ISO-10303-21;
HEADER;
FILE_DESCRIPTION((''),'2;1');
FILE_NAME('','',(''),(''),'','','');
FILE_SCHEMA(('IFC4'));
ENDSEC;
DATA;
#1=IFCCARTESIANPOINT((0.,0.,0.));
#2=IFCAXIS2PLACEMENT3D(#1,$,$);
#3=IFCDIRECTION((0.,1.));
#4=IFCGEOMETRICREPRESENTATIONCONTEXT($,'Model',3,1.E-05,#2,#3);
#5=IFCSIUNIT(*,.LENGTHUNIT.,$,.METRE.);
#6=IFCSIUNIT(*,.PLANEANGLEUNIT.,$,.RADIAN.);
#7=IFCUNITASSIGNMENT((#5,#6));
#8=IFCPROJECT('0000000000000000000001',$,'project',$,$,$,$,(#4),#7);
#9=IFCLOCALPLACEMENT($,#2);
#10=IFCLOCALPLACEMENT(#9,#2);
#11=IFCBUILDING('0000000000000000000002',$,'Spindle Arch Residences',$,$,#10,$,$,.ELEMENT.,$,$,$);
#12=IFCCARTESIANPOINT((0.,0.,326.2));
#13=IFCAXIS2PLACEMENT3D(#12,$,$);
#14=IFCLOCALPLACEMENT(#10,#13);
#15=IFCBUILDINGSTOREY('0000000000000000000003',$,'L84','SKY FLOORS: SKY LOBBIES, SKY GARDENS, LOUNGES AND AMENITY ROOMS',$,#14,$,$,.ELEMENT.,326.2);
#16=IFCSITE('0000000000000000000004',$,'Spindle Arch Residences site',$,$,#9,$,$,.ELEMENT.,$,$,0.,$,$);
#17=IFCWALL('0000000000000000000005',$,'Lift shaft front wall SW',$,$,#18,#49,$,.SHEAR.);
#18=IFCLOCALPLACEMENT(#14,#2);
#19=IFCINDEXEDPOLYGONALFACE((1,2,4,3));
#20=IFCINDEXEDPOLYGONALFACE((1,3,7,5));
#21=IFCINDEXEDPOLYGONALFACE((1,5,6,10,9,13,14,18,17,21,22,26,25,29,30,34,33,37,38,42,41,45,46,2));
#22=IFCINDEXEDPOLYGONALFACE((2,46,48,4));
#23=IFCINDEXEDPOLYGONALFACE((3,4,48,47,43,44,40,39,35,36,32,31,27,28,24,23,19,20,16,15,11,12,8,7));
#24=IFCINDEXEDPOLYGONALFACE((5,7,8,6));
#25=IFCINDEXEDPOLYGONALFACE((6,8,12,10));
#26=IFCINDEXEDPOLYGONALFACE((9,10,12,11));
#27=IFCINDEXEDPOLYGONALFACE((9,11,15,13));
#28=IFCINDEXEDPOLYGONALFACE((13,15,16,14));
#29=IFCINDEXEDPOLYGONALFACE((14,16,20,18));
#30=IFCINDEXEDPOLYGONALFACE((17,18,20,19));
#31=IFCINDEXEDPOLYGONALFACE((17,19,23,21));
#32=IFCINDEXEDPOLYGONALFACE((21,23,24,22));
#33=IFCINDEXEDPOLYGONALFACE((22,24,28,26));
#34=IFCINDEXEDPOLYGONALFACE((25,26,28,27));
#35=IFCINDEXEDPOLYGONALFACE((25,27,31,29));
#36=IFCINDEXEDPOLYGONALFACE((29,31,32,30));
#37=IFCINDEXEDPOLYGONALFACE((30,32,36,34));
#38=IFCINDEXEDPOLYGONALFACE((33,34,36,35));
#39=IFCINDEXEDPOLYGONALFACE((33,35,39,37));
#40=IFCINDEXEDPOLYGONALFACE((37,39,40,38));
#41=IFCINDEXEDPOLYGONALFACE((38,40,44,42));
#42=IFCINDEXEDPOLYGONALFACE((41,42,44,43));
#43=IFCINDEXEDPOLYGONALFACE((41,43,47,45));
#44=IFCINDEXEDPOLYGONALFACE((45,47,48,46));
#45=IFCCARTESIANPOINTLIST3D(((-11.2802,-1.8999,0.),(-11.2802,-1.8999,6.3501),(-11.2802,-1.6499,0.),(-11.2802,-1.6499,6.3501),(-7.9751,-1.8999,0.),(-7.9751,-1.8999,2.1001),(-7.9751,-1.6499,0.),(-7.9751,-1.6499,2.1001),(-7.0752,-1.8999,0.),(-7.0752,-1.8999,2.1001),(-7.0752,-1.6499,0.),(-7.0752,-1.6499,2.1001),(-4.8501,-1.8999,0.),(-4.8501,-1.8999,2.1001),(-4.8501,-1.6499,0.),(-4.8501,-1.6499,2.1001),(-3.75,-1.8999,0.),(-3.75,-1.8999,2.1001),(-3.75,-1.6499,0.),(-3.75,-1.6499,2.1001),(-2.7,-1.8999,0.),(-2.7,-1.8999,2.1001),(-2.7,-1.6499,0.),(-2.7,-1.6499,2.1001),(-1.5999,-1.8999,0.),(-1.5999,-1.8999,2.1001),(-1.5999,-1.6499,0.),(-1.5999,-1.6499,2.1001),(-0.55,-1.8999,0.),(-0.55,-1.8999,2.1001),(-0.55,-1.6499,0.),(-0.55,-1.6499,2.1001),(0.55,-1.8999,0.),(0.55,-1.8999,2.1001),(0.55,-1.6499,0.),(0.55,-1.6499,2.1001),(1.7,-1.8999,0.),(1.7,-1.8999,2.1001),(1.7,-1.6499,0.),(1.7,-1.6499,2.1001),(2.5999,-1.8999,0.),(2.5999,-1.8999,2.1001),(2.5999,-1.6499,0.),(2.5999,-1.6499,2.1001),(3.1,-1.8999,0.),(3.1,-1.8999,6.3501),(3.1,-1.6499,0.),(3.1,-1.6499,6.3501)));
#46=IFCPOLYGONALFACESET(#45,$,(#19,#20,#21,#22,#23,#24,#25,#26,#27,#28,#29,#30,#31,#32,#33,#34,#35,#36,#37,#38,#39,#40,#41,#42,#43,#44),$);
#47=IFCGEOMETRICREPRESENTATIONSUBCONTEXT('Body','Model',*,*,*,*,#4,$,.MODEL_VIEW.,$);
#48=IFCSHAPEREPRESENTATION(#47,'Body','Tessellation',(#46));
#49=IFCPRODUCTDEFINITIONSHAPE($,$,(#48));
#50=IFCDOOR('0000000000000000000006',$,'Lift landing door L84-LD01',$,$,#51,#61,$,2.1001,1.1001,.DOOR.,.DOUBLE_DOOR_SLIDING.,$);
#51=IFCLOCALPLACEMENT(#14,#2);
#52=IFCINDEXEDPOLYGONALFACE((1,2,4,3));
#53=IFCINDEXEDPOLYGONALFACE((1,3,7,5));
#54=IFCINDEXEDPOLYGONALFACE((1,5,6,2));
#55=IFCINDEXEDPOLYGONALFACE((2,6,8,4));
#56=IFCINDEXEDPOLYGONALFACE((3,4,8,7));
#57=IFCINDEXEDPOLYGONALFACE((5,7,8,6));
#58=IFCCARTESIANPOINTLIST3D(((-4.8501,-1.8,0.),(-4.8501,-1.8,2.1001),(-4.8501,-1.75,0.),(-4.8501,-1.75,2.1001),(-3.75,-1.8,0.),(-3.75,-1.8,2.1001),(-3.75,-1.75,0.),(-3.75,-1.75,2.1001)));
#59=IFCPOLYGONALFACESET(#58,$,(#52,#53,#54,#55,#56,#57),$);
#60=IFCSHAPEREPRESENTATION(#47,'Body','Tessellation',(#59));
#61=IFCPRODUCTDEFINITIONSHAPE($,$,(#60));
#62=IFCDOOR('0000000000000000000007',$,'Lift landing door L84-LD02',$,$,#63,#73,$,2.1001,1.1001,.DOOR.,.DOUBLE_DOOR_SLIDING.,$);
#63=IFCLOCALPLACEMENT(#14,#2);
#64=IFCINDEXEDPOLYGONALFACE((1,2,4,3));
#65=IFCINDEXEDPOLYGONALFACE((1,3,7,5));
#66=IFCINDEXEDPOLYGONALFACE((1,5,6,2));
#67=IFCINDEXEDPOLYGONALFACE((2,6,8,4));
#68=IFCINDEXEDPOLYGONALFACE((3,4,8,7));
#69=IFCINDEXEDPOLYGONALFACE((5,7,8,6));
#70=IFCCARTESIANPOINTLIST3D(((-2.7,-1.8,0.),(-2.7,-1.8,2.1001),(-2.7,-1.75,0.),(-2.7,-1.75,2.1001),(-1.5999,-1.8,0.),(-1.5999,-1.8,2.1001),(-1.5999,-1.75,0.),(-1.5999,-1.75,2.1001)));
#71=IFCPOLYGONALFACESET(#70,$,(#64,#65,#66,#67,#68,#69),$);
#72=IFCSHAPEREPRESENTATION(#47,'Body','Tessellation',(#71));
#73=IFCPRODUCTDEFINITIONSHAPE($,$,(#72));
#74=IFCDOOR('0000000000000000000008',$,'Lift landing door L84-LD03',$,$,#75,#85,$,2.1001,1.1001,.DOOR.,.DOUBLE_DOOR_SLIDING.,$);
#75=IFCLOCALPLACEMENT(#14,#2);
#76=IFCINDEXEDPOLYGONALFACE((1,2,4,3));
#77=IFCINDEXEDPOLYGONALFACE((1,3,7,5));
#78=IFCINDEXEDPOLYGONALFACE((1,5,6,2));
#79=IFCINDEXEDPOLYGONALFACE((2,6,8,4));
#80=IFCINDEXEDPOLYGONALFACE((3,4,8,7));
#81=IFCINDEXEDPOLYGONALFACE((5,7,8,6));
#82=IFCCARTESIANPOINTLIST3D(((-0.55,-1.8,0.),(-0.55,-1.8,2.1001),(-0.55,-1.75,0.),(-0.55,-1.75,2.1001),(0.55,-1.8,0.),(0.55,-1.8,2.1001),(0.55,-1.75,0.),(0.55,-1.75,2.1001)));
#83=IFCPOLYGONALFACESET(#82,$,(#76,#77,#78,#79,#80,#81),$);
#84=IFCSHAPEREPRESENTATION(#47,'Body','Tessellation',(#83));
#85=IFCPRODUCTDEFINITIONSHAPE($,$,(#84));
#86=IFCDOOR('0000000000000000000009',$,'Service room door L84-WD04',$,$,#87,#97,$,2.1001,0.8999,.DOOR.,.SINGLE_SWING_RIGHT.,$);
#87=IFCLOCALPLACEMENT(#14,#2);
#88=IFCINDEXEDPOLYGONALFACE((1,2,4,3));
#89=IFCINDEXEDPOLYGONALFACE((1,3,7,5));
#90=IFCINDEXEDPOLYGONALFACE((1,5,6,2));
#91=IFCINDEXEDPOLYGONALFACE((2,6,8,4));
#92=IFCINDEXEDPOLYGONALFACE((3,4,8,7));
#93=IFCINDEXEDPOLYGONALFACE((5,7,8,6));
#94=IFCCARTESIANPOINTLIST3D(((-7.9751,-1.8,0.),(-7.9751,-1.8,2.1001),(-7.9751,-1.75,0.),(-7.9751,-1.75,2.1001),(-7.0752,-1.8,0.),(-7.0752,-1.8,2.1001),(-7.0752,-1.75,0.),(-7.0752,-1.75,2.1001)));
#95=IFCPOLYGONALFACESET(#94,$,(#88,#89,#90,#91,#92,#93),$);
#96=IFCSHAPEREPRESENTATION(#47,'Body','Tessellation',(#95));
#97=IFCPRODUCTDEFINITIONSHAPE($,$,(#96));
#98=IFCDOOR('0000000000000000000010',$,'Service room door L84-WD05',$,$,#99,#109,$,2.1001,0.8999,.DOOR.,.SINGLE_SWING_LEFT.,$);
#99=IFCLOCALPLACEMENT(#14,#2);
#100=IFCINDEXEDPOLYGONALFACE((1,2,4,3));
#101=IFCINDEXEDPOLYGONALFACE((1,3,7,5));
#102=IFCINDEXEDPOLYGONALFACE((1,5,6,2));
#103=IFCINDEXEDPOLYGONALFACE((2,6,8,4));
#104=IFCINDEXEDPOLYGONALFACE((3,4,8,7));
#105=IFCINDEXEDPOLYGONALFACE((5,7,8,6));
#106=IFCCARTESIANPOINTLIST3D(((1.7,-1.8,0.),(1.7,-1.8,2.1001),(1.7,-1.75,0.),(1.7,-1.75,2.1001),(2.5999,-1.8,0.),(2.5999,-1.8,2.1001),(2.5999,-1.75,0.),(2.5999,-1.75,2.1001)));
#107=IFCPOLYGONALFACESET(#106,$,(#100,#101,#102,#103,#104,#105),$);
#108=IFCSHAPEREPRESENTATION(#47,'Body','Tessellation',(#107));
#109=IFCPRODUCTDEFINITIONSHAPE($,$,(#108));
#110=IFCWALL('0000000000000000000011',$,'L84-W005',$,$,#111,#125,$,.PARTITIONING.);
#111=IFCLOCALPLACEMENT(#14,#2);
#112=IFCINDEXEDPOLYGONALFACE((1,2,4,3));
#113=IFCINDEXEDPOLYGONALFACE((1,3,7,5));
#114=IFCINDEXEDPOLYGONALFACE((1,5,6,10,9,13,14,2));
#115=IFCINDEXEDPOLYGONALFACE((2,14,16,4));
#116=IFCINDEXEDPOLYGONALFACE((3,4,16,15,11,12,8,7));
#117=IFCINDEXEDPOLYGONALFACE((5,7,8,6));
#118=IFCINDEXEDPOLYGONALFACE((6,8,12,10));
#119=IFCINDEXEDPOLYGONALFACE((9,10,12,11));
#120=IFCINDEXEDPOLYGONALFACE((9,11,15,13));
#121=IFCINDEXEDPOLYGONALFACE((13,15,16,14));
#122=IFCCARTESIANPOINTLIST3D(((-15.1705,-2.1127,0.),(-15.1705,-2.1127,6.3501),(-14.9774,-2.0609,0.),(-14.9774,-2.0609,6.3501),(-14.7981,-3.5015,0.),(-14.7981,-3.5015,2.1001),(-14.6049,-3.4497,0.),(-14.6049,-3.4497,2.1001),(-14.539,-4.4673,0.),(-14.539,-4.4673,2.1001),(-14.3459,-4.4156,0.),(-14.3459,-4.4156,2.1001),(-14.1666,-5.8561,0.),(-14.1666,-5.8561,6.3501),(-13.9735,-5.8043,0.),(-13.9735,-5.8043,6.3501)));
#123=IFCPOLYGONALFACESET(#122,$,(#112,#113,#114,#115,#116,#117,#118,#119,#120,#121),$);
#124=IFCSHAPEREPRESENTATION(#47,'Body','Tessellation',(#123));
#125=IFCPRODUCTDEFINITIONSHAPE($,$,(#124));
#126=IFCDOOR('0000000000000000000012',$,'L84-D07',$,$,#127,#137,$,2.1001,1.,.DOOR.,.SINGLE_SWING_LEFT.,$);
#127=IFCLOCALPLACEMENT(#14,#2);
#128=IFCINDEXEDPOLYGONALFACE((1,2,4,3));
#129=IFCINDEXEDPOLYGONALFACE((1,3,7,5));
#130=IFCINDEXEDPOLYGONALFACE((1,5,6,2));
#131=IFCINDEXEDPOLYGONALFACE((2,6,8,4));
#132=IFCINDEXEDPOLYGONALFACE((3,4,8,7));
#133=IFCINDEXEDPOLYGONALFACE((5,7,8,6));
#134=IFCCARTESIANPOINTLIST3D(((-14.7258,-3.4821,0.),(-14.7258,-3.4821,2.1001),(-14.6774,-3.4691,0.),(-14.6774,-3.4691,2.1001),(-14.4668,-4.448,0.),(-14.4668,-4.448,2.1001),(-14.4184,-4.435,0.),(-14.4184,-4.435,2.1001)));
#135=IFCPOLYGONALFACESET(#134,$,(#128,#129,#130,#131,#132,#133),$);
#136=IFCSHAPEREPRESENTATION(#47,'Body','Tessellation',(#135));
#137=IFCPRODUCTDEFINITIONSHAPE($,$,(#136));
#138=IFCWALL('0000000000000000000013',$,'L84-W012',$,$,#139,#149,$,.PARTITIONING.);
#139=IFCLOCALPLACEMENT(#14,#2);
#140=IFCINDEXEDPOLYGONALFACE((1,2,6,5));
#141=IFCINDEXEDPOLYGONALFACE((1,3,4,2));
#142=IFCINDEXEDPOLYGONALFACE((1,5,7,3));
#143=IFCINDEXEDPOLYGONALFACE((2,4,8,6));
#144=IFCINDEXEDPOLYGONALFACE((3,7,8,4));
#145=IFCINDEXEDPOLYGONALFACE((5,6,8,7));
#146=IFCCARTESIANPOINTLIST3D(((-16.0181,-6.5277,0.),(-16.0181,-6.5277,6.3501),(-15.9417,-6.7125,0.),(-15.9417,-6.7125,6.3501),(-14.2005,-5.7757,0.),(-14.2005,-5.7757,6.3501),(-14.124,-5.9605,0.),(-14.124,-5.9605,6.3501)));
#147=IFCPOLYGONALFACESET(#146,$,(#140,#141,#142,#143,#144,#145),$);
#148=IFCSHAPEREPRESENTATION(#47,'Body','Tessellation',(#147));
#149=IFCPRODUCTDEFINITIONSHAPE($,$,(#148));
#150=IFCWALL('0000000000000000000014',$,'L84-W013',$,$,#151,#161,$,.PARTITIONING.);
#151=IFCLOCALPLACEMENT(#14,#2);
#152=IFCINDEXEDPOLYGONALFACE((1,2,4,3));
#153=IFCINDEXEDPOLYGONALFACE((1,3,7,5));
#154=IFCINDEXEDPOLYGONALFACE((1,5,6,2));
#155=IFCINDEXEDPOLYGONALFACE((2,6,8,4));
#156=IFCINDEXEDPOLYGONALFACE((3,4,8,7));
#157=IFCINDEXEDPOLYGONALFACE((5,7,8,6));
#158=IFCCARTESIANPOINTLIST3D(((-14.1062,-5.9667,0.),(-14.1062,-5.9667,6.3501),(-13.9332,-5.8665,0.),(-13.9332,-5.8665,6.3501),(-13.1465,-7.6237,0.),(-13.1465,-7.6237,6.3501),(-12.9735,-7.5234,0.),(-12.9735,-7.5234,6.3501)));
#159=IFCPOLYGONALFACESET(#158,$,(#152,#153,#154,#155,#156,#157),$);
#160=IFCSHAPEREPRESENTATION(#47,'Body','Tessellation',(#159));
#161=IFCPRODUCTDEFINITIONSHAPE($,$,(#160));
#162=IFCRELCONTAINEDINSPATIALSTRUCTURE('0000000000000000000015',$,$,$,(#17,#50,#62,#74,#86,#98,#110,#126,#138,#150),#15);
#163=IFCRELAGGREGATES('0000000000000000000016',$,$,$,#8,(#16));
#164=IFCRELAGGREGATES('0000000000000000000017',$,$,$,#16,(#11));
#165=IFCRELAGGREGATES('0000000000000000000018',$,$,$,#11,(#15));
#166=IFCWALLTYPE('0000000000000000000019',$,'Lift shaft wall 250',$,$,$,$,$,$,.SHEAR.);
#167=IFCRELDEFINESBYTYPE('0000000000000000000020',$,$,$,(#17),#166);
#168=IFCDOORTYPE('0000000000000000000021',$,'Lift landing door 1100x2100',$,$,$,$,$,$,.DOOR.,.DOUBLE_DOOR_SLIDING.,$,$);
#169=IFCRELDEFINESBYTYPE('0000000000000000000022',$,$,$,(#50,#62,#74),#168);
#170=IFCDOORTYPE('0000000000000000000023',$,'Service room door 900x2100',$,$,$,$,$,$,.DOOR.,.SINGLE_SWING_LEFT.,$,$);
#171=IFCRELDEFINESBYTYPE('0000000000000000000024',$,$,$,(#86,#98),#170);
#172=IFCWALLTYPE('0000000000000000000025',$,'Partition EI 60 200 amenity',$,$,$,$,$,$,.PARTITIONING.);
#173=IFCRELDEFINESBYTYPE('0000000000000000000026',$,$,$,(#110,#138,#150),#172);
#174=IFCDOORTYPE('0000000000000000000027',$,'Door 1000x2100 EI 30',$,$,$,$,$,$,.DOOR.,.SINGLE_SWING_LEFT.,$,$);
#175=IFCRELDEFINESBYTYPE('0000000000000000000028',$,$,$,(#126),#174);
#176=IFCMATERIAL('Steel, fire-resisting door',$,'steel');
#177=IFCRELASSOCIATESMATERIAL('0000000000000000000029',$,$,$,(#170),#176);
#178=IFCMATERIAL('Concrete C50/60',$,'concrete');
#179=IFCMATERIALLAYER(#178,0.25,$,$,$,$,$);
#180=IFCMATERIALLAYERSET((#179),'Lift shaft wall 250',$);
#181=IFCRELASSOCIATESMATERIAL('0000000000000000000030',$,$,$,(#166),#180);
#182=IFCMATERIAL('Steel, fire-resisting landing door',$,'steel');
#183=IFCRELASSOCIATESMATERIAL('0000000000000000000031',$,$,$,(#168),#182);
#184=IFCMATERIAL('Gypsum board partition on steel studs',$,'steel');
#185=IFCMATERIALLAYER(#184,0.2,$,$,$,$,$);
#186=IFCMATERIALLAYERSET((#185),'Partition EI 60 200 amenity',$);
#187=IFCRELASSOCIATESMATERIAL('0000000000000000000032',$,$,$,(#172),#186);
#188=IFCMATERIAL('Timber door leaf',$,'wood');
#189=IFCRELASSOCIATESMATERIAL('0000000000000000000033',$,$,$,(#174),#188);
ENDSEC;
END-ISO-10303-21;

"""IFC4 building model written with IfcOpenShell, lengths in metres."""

from ifc_helpers import new_model, si_unit, direction, frame, frame_2d, origin, place, context, subcontext, project, spatial, rectangle, extrude, material, layer, layer_set, type_object, element, fill, save


model = new_model("IFC4")

# Units and contexts
model_context = context("Model", 3, precision=1e-05, world=origin(), true_north=direction((0.0, 1.0)))
body_context = subcontext(model_context, "Body", "Model", "MODEL_VIEW")
ifc_project = project(units=[si_unit("LENGTHUNIT", "METRE"), si_unit("PLANEANGLEUNIT", "RADIAN")], contexts=[model_context])

# Site, building, storey
site_placement = place(None, origin())
site = spatial("IfcSite", under=ifc_project, at=site_placement, Name="Spindle Arch Residences site", CompositionType="ELEMENT", RefElevation=0.0)
building_placement = place(site_placement, origin())
building = spatial("IfcBuilding", under=site, at=building_placement, Name="Spindle Arch Residences", CompositionType="ELEMENT")
storey_placement = place(building_placement, frame((0.0, 0.0, 326.2)))
storey = spatial("IfcBuildingStorey", under=building, at=storey_placement, Name="L84", Description="SKY FLOORS: SKY LOBBIES, SKY GARDENS, LOUNGES AND AMENITY ROOMS", CompositionType="ELEMENT", Elevation=326.2)

# Shared definitions
ifc_material_1 = material(Name="Steel, fire-resisting door", Category="steel")
door_type_1 = type_object("IfcDoorType", Name="Service room door 900x2100", OperationType="SINGLE_SWING_LEFT", PredefinedType="DOOR", material=ifc_material_1)

# Wall, openings, doors
ifc_material_2 = material(Name="Concrete C50/60", Category="concrete")
ifc_layer_1 = layer(ifc_material_2, 0.25)
ifc_layer_set_1 = layer_set([ifc_layer_1], Name="Lift shaft wall 250")
wall_type_1 = type_object("IfcWallType", Name="Lift shaft wall 250", PredefinedType="SHEAR", material=ifc_layer_set_1)
wall_1_placement = place(storey_placement, frame((-11.28, -1.7749, 0.0), z_axis=(0.0, 0.0, 1.0), x_axis=(1.0, 0.0, 0.0)))
wall_1 = element("IfcWall", 1, at=wall_1_placement, inside=storey, type_object=wall_type_1, Name="Lift shaft front wall SW", PredefinedType="SHEAR", context=body_context, shape_type="SweptSolid", body=[
    extrude(rectangle(XDim=14.3801, YDim=0.25, at=frame_2d((7.1899, 0.0))), origin(), (0.0, 0.0, 1.0), 6.3501),
])
opening_1_placement = place(wall_1_placement, frame((6.4299, 0.0, 0.0)))
opening_1 = element("IfcOpeningElement", 2, at=opening_1_placement, cuts=wall_1, PredefinedType="OPENING", context=body_context, shape_type="SweptSolid", body=[
    extrude(rectangle(XDim=1.1001, YDim=2.1001, at=frame_2d((0.55, 1.05))), frame((0.0, 0.135, 0.0), z_axis=(0.0, -1.0, 0.0), x_axis=(1.0, 0.0, 0.0)), (0.0, 0.0, 1.0), 0.27),
])
opening_2_placement = place(wall_1_placement, frame((8.5801, 0.0, 0.0)))
opening_2 = element("IfcOpeningElement", 3, at=opening_2_placement, cuts=wall_1, PredefinedType="OPENING", context=body_context, shape_type="SweptSolid", body=[
    extrude(rectangle(XDim=1.1001, YDim=2.1001, at=frame_2d((0.55, 1.05))), frame((0.0, 0.135, 0.0), z_axis=(0.0, -1.0, 0.0), x_axis=(1.0, 0.0, 0.0)), (0.0, 0.0, 1.0), 0.27),
])
opening_3_placement = place(wall_1_placement, frame((10.73, 0.0, 0.0)))
opening_3 = element("IfcOpeningElement", 4, at=opening_3_placement, cuts=wall_1, PredefinedType="OPENING", context=body_context, shape_type="SweptSolid", body=[
    extrude(rectangle(XDim=1.1001, YDim=2.1001, at=frame_2d((0.55, 1.05))), frame((0.0, 0.135, 0.0), z_axis=(0.0, -1.0, 0.0), x_axis=(1.0, 0.0, 0.0)), (0.0, 0.0, 1.0), 0.27),
])
opening_4_placement = place(wall_1_placement, frame((3.3049, 0.0, 0.0)))
opening_4 = element("IfcOpeningElement", 5, at=opening_4_placement, cuts=wall_1, PredefinedType="OPENING", context=body_context, shape_type="SweptSolid", body=[
    extrude(rectangle(XDim=0.8999, YDim=2.1001, at=frame_2d((0.45, 1.05))), frame((0.0, 0.135, 0.0), z_axis=(0.0, -1.0, 0.0), x_axis=(1.0, 0.0, 0.0)), (0.0, 0.0, 1.0), 0.27),
])
opening_5_placement = place(wall_1_placement, frame((12.98, 0.0, 0.0)))
opening_5 = element("IfcOpeningElement", 6, at=opening_5_placement, cuts=wall_1, PredefinedType="OPENING", context=body_context, shape_type="SweptSolid", body=[
    extrude(rectangle(XDim=0.8999, YDim=2.1001, at=frame_2d((0.45, 1.05))), frame((0.0, 0.135, 0.0), z_axis=(0.0, -1.0, 0.0), x_axis=(1.0, 0.0, 0.0)), (0.0, 0.0, 1.0), 0.27),
])
ifc_material_3 = material(Name="Steel, fire-resisting landing door", Category="steel")
door_type_2 = type_object("IfcDoorType", Name="Lift landing door 1100x2100", OperationType="DOUBLE_DOOR_SLIDING", PredefinedType="DOOR", material=ifc_material_3)
door_1_placement = place(opening_1_placement, origin())
door_1 = element("IfcDoor", 7, at=door_1_placement, inside=storey, type_object=door_type_2, Name="Lift landing door L84-LD01", OperationType="DOUBLE_DOOR_SLIDING", OverallHeight=2.1001, OverallWidth=1.1001, PredefinedType="DOOR", context=body_context, shape_type="SweptSolid", body=[
    extrude(rectangle(XDim=1.1001, YDim=2.1001, at=frame_2d((0.55, 1.05))), frame((0.0, 0.0249, 0.0), z_axis=(0.0, -1.0, 0.0), x_axis=(1.0, 0.0, 0.0)), (0.0, 0.0, 1.0), 0.05),
])
fill(opening_1, door_1)
door_2_placement = place(opening_2_placement, origin())
door_2 = element("IfcDoor", 8, at=door_2_placement, inside=storey, type_object=door_type_2, Name="Lift landing door L84-LD02", OperationType="DOUBLE_DOOR_SLIDING", OverallHeight=2.1001, OverallWidth=1.1001, PredefinedType="DOOR", context=body_context, shape_type="SweptSolid", body=[
    extrude(rectangle(XDim=1.1001, YDim=2.1001, at=frame_2d((0.55, 1.05))), frame((0.0, 0.0249, 0.0), z_axis=(0.0, -1.0, 0.0), x_axis=(1.0, 0.0, 0.0)), (0.0, 0.0, 1.0), 0.05),
])
fill(opening_2, door_2)
door_3_placement = place(opening_3_placement, origin())
door_3 = element("IfcDoor", 9, at=door_3_placement, inside=storey, type_object=door_type_2, Name="Lift landing door L84-LD03", OperationType="DOUBLE_DOOR_SLIDING", OverallHeight=2.1001, OverallWidth=1.1001, PredefinedType="DOOR", context=body_context, shape_type="SweptSolid", body=[
    extrude(rectangle(XDim=1.1001, YDim=2.1001, at=frame_2d((0.55, 1.05))), frame((0.0, 0.0249, 0.0), z_axis=(0.0, -1.0, 0.0), x_axis=(1.0, 0.0, 0.0)), (0.0, 0.0, 1.0), 0.05),
])
fill(opening_3, door_3)
door_4_placement = place(opening_4_placement, origin())
door_4 = element("IfcDoor", 10, at=door_4_placement, inside=storey, type_object=door_type_1, Name="Service room door L84-WD04", OperationType="SINGLE_SWING_RIGHT", OverallHeight=2.1001, OverallWidth=0.8999, PredefinedType="DOOR", context=body_context, shape_type="SweptSolid", body=[
    extrude(rectangle(XDim=0.8999, YDim=2.1001, at=frame_2d((0.45, 1.05))), frame((0.0, 0.0249, 0.0), z_axis=(0.0, -1.0, 0.0), x_axis=(1.0, 0.0, 0.0)), (0.0, 0.0, 1.0), 0.05),
])
fill(opening_4, door_4)
door_5_placement = place(opening_5_placement, origin())
door_5 = element("IfcDoor", 11, at=door_5_placement, inside=storey, type_object=door_type_1, Name="Service room door L84-WD05", OperationType="SINGLE_SWING_LEFT", OverallHeight=2.1001, OverallWidth=0.8999, PredefinedType="DOOR", context=body_context, shape_type="SweptSolid", body=[
    extrude(rectangle(XDim=0.8999, YDim=2.1001, at=frame_2d((0.45, 1.05))), frame((0.0, 0.0249, 0.0), z_axis=(0.0, -1.0, 0.0), x_axis=(1.0, 0.0, 0.0)), (0.0, 0.0, 1.0), 0.05),
])
fill(opening_5, door_5)

# Wall, opening, door
ifc_material_4 = material(Name="Gypsum board partition on steel studs", Category="steel")
ifc_layer_2 = layer(ifc_material_4, 0.2)
ifc_layer_set_2 = layer_set([ifc_layer_2], Name="Partition EI 60 200 amenity")
wall_type_2 = type_object("IfcWallType", Name="Partition EI 60 200 amenity", PredefinedType="PARTITIONING", material=ifc_layer_set_2)
wall_2_placement = place(storey_placement, frame((-15.074, -2.0867, 0.0), z_axis=(0.0, 0.0, 1.0), x_axis=(0.259027, -0.96587, 0.0)))
wall_2 = element("IfcWall", 12, at=wall_2_placement, inside=storey, type_object=wall_type_2, Name="L84-W005", PredefinedType="PARTITIONING", context=body_context, shape_type="SweptSolid", body=[
    extrude(rectangle(XDim=3.8757, YDim=0.2, at=frame_2d((1.938, 0.0))), origin(), (0.0, 0.0, 1.0), 6.3501),
])
opening_6_placement = place(wall_2_placement, frame((1.438, 0.0, 0.0)))
opening_6 = element("IfcOpeningElement", 13, at=opening_6_placement, cuts=wall_2, PredefinedType="OPENING", context=body_context, shape_type="SweptSolid", body=[
    extrude(rectangle(XDim=1.0, YDim=2.1001, at=frame_2d((0.5, 1.05))), frame((0.0, 0.1099, 0.0), z_axis=(0.0, -1.0, 0.0), x_axis=(1.0, 0.0, 0.0)), (0.0, 0.0, 1.0), 0.22),
])
ifc_material_5 = material(Name="Timber door leaf", Category="wood")
door_type_3 = type_object("IfcDoorType", Name="Door 1000x2100 EI 30", OperationType="SINGLE_SWING_LEFT", PredefinedType="DOOR", material=ifc_material_5)
door_6_placement = place(opening_6_placement, origin())
door_6 = element("IfcDoor", 14, at=door_6_placement, inside=storey, type_object=door_type_3, Name="L84-D07", OperationType="SINGLE_SWING_LEFT", OverallHeight=2.1001, OverallWidth=1.0, PredefinedType="DOOR", context=body_context, shape_type="SweptSolid", body=[
    extrude(rectangle(XDim=1.0, YDim=2.1001, at=frame_2d((0.5, 1.05))), frame((0.0, 0.0249, 0.0), z_axis=(0.0, -1.0, 0.0), x_axis=(1.0, 0.0, 0.0)), (0.0, 0.0, 1.0), 0.05),
])
fill(opening_6, door_6)

# Walls
wall_3_placement = place(storey_placement, frame((-14.1624, -5.8682, 0.0), z_axis=(0.0, 0.0, 1.0), x_axis=(-0.924047, -0.382279, 0.0)))
element("IfcWall", 15, at=wall_3_placement, inside=storey, type_object=wall_type_2, Name="L84-W012", PredefinedType="PARTITIONING", context=body_context, shape_type="SweptSolid", body=[
    extrude(rectangle(XDim=1.967, YDim=0.2, at=frame_2d((0.9834, 0.0))), origin(), (0.0, 0.0, 1.0), 6.3501),
])
wall_4_placement = place(storey_placement, frame((-14.0198, -5.9165, 0.0), z_axis=(0.0, 0.0, 1.0), x_axis=(0.501197, -0.865333, 0.0)))
element("IfcWall", 16, at=wall_4_placement, inside=storey, type_object=wall_type_2, Name="L84-W013", PredefinedType="PARTITIONING", context=body_context, shape_type="SweptSolid", body=[
    extrude(rectangle(XDim=1.9148, YDim=0.2, at=frame_2d((0.9575, 0.0))), origin(), (0.0, 0.0, 1.0), 6.3501),
])

save(model, "model.ifc")
